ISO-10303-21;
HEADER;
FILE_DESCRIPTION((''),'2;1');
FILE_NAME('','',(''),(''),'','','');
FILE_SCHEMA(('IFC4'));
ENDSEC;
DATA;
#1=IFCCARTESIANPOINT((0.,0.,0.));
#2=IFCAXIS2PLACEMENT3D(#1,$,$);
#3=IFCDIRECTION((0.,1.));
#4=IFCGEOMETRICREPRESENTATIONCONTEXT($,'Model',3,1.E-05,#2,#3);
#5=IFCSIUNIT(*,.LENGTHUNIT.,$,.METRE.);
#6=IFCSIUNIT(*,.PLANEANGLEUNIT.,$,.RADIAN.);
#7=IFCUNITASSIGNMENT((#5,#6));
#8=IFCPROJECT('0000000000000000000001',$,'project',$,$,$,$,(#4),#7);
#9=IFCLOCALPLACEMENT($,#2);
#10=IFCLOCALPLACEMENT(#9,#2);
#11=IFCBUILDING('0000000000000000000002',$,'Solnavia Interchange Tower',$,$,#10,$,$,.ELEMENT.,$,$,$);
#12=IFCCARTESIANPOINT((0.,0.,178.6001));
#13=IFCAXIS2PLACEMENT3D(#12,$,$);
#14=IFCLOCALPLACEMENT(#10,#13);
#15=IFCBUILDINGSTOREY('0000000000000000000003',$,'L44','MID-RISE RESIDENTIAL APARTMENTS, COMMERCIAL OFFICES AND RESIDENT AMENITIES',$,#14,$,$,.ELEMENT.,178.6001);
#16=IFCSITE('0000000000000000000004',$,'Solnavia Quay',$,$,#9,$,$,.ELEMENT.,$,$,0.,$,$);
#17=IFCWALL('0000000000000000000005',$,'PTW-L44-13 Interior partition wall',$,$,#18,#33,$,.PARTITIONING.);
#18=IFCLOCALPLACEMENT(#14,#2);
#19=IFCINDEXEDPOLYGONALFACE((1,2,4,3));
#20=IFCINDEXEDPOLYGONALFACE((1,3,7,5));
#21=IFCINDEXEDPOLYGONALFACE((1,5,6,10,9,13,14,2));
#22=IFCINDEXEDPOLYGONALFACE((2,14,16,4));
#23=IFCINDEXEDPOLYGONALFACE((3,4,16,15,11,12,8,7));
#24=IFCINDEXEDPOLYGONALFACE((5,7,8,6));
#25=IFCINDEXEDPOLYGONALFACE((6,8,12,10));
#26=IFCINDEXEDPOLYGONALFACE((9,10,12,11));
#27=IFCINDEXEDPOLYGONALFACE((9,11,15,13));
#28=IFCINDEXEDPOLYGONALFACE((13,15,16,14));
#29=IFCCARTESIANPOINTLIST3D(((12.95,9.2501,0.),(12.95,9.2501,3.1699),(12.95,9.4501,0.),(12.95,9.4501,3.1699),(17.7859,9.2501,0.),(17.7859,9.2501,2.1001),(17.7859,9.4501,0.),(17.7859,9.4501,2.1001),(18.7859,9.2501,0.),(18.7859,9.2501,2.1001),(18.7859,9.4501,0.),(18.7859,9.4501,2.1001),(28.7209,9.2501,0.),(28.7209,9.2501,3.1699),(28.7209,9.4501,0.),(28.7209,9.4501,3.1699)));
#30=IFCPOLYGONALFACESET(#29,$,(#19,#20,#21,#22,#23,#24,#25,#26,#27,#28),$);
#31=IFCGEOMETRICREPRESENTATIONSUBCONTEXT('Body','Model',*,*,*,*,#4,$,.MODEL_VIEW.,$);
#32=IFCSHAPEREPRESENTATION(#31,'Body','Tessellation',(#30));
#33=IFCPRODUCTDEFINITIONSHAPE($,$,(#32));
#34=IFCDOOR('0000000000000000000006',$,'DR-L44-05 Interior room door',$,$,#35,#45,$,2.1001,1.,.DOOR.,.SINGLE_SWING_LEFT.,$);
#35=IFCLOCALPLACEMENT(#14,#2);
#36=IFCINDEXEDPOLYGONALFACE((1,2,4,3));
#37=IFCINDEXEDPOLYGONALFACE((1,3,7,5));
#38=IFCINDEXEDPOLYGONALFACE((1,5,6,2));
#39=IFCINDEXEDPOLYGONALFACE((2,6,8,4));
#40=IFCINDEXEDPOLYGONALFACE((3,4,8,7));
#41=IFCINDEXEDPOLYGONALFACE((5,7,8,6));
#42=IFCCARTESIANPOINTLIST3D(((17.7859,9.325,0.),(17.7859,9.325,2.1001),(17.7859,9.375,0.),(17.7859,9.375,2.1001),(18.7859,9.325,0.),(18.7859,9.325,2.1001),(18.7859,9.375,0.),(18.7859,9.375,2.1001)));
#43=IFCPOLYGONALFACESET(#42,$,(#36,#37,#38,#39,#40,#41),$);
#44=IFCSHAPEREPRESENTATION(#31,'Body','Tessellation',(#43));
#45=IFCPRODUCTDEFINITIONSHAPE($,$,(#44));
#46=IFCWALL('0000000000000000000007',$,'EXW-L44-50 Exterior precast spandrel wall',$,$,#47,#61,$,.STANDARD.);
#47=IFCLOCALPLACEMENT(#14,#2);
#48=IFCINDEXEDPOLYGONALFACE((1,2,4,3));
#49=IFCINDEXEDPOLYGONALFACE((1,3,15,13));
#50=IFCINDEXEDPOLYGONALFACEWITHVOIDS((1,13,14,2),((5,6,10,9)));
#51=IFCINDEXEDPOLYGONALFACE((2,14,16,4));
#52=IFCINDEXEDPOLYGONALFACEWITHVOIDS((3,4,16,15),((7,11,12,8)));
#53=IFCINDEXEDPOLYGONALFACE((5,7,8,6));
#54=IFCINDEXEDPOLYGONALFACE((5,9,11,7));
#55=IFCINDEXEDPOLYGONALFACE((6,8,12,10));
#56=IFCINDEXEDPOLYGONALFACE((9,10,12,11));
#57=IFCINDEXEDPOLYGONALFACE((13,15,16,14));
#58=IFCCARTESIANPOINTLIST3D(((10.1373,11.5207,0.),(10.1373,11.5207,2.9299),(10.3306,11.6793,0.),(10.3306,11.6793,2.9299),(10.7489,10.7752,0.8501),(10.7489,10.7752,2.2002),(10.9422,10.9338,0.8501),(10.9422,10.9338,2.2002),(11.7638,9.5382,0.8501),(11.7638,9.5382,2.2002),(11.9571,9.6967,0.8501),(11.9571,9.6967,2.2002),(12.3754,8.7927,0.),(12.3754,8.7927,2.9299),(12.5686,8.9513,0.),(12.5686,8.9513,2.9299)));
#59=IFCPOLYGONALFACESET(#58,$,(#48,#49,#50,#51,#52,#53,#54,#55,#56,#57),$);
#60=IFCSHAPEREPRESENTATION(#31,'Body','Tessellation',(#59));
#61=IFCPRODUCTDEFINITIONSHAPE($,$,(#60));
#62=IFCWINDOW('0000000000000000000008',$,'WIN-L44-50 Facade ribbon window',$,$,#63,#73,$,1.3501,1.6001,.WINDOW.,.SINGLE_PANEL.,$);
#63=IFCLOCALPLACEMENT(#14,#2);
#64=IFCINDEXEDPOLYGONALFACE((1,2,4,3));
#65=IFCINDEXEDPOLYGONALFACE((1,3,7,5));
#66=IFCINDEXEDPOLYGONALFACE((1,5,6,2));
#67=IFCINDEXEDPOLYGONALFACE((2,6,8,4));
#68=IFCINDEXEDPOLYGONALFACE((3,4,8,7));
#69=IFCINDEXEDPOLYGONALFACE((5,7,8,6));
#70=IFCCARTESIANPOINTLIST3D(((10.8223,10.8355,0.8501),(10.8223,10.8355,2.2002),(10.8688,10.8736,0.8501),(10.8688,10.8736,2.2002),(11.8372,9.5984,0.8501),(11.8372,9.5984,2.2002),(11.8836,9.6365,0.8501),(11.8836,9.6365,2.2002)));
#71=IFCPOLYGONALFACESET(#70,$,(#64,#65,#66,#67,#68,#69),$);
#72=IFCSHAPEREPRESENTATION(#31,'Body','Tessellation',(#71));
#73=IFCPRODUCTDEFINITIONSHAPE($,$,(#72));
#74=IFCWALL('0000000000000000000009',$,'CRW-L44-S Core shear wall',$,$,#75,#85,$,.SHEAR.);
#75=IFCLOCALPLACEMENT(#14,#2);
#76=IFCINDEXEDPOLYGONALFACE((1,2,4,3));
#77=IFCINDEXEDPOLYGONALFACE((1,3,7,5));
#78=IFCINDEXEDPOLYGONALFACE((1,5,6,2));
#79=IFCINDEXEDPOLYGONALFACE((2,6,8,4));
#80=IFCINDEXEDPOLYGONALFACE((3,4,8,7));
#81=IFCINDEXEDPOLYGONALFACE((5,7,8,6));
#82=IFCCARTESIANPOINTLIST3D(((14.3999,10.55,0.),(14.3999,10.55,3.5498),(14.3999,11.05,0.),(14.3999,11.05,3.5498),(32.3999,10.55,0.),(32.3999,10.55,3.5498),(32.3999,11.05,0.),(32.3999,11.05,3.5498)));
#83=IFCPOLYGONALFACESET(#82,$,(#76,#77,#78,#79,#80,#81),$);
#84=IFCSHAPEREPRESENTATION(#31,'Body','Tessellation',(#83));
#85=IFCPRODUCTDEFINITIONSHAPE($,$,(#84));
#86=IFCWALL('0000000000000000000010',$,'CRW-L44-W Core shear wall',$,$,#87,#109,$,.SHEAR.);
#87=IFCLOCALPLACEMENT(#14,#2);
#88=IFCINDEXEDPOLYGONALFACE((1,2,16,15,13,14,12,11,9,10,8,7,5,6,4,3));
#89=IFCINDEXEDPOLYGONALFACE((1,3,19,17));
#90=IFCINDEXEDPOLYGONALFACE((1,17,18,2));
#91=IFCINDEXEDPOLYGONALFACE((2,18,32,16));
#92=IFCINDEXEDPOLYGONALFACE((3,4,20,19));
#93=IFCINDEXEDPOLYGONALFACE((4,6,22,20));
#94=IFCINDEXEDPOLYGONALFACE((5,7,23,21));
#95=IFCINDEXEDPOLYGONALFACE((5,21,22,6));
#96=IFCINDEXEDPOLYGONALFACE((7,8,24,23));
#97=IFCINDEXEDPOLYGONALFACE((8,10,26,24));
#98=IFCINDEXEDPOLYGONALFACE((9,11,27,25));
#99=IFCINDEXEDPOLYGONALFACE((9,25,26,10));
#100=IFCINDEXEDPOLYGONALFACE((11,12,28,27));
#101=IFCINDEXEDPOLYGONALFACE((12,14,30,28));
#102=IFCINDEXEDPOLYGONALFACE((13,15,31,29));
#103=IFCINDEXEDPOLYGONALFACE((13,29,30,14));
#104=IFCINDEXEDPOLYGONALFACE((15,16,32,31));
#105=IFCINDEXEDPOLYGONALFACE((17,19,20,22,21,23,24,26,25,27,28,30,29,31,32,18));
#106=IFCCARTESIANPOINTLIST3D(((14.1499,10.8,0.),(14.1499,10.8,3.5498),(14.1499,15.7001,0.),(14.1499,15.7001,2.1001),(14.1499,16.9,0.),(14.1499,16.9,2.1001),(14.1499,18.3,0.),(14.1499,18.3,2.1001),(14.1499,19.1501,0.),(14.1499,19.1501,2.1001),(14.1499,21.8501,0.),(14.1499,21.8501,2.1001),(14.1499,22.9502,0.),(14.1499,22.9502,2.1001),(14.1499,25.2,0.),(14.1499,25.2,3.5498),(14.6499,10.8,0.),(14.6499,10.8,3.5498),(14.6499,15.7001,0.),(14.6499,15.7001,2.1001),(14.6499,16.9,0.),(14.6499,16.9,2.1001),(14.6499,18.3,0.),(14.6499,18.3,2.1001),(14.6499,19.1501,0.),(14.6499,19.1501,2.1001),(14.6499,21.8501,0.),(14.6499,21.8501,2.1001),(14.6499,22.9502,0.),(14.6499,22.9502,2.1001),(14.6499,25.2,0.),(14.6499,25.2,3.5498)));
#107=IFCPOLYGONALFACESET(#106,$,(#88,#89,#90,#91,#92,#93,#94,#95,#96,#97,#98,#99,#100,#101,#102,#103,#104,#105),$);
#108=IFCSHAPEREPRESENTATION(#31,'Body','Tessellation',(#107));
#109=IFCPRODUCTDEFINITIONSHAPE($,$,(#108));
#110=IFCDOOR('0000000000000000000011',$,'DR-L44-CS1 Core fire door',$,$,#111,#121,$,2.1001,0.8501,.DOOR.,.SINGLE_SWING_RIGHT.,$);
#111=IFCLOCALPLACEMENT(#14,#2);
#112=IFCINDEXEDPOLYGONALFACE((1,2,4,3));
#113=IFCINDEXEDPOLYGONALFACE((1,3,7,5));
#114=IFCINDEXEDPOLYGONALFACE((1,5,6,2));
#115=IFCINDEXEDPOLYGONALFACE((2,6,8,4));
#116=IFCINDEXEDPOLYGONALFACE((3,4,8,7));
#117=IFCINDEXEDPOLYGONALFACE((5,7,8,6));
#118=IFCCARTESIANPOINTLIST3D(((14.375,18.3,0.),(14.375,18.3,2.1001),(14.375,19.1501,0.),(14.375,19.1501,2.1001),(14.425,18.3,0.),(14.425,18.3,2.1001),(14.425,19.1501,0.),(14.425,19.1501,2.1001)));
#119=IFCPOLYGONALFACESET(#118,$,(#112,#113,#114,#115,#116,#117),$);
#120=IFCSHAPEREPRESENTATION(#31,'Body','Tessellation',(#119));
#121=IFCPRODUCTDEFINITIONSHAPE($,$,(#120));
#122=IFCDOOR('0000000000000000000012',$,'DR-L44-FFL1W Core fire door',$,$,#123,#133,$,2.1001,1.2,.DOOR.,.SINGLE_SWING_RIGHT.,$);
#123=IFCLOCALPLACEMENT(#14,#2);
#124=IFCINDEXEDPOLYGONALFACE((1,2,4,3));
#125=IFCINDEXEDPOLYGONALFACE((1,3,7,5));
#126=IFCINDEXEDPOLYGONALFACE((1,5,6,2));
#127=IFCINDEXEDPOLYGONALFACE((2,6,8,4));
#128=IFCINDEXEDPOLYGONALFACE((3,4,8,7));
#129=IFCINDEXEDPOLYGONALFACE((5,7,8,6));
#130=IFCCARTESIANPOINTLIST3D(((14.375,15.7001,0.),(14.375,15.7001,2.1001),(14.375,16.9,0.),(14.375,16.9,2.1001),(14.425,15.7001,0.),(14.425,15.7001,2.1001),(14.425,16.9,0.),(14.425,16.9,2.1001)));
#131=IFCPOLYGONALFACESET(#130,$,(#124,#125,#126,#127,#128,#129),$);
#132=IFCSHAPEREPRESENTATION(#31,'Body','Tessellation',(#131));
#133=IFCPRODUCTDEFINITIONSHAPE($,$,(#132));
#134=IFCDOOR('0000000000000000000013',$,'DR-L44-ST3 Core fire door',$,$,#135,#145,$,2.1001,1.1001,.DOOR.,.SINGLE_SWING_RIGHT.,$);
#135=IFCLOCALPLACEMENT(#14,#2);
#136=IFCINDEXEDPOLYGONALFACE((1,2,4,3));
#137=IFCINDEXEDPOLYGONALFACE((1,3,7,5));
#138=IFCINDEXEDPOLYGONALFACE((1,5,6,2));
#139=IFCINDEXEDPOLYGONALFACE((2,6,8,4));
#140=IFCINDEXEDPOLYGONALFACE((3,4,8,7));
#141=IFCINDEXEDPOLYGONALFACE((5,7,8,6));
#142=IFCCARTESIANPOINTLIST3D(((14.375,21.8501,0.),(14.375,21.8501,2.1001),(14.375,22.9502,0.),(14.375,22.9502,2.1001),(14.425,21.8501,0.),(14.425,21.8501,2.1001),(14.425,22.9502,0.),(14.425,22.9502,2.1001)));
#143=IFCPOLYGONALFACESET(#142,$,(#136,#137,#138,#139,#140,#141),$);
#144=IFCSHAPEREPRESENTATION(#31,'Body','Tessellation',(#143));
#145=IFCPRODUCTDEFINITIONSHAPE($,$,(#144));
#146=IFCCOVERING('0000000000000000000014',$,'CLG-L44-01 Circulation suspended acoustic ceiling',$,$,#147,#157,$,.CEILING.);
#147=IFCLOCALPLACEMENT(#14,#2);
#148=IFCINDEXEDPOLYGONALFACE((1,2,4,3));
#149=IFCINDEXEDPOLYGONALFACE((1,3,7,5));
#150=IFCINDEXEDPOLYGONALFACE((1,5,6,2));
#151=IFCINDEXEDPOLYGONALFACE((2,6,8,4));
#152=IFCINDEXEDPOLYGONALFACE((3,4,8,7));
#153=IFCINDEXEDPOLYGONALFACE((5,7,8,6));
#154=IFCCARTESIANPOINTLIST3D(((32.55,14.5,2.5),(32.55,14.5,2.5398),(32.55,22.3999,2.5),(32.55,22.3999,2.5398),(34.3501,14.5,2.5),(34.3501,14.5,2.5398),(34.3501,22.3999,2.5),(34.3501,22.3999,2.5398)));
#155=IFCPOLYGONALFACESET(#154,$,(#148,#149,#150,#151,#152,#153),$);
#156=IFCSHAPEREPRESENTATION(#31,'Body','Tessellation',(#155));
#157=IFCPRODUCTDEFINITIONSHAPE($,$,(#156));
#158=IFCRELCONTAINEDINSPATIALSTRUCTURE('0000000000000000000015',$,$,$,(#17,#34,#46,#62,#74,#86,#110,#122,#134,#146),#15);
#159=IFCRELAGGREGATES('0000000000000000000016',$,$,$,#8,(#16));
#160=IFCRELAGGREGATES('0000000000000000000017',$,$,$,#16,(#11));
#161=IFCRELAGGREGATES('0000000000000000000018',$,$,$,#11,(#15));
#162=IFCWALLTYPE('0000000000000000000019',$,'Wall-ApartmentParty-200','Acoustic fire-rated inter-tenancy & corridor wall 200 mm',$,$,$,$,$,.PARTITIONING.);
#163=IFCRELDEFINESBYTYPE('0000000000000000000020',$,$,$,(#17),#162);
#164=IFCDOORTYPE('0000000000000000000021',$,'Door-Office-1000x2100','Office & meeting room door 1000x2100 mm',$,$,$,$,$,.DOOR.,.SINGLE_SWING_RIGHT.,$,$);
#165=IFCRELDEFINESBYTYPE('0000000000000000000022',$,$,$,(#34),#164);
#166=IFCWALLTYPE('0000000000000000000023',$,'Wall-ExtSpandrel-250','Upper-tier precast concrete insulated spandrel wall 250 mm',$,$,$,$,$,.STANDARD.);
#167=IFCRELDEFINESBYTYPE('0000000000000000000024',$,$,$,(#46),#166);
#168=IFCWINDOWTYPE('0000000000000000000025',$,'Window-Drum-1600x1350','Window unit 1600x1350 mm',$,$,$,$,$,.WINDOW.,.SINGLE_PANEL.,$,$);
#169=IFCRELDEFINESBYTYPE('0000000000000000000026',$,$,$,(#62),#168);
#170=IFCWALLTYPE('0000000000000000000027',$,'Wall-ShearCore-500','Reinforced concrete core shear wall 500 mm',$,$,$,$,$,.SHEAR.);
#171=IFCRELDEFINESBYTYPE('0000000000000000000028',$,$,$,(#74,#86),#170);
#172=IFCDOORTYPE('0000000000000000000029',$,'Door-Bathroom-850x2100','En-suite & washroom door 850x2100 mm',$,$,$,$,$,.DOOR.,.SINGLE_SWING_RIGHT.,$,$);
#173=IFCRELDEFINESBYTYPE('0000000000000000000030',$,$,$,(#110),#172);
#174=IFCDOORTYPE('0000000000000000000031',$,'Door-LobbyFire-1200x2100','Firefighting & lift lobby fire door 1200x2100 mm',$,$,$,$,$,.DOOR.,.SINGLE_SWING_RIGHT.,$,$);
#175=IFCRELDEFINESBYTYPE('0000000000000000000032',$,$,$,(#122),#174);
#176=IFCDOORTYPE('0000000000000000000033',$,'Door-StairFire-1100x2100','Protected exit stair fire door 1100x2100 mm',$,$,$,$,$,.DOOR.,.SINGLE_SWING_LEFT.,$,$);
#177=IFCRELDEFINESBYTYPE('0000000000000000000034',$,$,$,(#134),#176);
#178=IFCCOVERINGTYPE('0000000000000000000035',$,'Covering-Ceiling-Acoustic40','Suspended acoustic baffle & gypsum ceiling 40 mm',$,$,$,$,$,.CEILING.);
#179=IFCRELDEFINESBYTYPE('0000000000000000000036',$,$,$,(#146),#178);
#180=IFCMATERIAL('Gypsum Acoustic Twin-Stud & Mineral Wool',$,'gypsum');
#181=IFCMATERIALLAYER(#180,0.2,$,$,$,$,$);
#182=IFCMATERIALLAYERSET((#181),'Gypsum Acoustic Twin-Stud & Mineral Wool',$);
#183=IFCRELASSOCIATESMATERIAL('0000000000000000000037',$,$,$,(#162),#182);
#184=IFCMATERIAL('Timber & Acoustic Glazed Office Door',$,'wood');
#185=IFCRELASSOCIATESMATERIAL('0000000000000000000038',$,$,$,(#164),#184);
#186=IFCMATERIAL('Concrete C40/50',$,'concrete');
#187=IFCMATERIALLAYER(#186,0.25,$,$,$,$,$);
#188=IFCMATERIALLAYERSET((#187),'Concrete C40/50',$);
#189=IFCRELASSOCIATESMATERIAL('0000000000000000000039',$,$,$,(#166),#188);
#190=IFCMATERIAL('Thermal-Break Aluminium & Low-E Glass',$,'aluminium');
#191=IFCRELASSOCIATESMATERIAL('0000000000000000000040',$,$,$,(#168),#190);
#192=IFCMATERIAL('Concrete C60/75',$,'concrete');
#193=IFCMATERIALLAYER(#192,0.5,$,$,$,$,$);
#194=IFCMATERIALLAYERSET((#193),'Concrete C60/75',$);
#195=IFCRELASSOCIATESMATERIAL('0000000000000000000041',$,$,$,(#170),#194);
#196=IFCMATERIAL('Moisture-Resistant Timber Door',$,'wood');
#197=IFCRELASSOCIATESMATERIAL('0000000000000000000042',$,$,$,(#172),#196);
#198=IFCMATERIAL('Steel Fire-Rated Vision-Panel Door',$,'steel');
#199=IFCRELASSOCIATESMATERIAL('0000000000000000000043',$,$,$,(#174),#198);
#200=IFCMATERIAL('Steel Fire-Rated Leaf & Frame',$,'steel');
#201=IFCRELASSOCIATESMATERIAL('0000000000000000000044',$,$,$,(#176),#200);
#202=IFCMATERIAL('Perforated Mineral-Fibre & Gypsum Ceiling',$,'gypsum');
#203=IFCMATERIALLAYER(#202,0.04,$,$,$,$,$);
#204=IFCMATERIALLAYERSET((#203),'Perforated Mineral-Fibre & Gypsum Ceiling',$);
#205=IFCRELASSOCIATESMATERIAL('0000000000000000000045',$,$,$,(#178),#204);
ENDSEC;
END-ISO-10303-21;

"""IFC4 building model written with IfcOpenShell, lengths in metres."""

from ifc_helpers import new_model, si_unit, direction, frame, frame_2d, origin, place, context, subcontext, project, spatial, polyline, rectangle, outline, extrude, material, layer, layer_set, type_object, element, fill, save


model = new_model("IFC4")

# Units and contexts
model_context = context("Model", 3, precision=1e-05, world=origin(), true_north=direction((0.0, 1.0)))
body_context = subcontext(model_context, "Body", "Model", "MODEL_VIEW")
ifc_project = project(units=[si_unit("LENGTHUNIT", "METRE"), si_unit("PLANEANGLEUNIT", "RADIAN")], contexts=[model_context])

# Site, building, storey
site_placement = place(None, origin())
site = spatial("IfcSite", under=ifc_project, at=site_placement, Name="Solnavia Quay", CompositionType="ELEMENT", RefElevation=0.0)
building_placement = place(site_placement, origin())
building = spatial("IfcBuilding", under=site, at=building_placement, Name="Solnavia Interchange Tower", CompositionType="ELEMENT")
storey_placement = place(building_placement, frame((0.0, 0.0, 178.6001)))
storey = spatial("IfcBuildingStorey", under=building, at=storey_placement, Name="L44", Description="MID-RISE RESIDENTIAL APARTMENTS, COMMERCIAL OFFICES AND RESIDENT AMENITIES", CompositionType="ELEMENT", Elevation=178.6001)

# Shared definitions
ifc_material_1 = material(Name="Concrete C40/50", Category="concrete")

# Shared definitions
ifc_material_2 = material(Name="Gypsum Acoustic Twin-Stud & Mineral Wool", Category="gypsum")
ifc_layer_1 = layer(ifc_material_2, 0.2)
ifc_layer_set_1 = layer_set([ifc_layer_1], Name="Gypsum Acoustic Twin-Stud & Mineral Wool")
wall_type_1 = type_object("IfcWallType", Name="Wall-ApartmentParty-200", Description="Acoustic fire-rated inter-tenancy & corridor wall 200 mm", PredefinedType="PARTITIONING", material=ifc_layer_set_1)

# Wall, opening, door
ifc_material_3 = material(Name="Timber & Acoustic Glazed Office Door", Category="wood")
door_type_1 = type_object("IfcDoorType", Name="Door-Office-1000x2100", Description="Office & meeting room door 1000x2100 mm", OperationType="SINGLE_SWING_RIGHT", PredefinedType="DOOR", material=ifc_material_3)
wall_1_placement = place(storey_placement, frame((12.95, 9.3501, 0.0), z_axis=(0.0, 0.0, 1.0), x_axis=(1.0, 0.0, 0.0)))
wall_1 = element("IfcWall", 1, at=wall_1_placement, inside=storey, type_object=wall_type_1, Name="PTW-L44-13 Interior partition wall", PredefinedType="PARTITIONING", context=body_context, shape_type="SweptSolid", body=[
    extrude(rectangle(XDim=15.771, YDim=0.2, at=frame_2d((7.8855, 0.0))), origin(), (0.0, 0.0, 1.0), 3.1699),
])
opening_1_placement = place(wall_1_placement, frame((4.8359, 0.0, 0.0)))
opening_1 = element("IfcOpeningElement", 2, at=opening_1_placement, cuts=wall_1, PredefinedType="OPENING", context=body_context, shape_type="SweptSolid", body=[
    extrude(rectangle(XDim=1.0, YDim=2.1001, at=frame_2d((0.5, 1.05))), frame((0.0, 0.1099, 0.0), z_axis=(0.0, -1.0, 0.0), x_axis=(1.0, 0.0, 0.0)), (0.0, 0.0, 1.0), 0.22),
])
door_1_placement = place(opening_1_placement, origin())
door_1 = element("IfcDoor", 3, at=door_1_placement, inside=storey, type_object=door_type_1, Name="DR-L44-05 Interior room door", OperationType="SINGLE_SWING_LEFT", OverallHeight=2.1001, OverallWidth=1.0, PredefinedType="DOOR", context=body_context, shape_type="SweptSolid", body=[
    extrude(rectangle(XDim=1.0, YDim=2.1001, at=frame_2d((0.5, 1.05))), frame((0.0, 0.0249, 0.0), z_axis=(0.0, -1.0, 0.0), x_axis=(1.0, 0.0, 0.0)), (0.0, 0.0, 1.0), 0.05),
])
fill(opening_1, door_1)

# Wall, opening, window
ifc_layer_2 = layer(ifc_material_1, 0.25)
ifc_layer_set_2 = layer_set([ifc_layer_2], Name="Concrete C40/50")
wall_type_2 = type_object("IfcWallType", Name="Wall-ExtSpandrel-250", Description="Upper-tier precast concrete insulated spandrel wall 250 mm", PredefinedType="STANDARD", material=ifc_layer_set_2)
wall_2_placement = place(storey_placement, frame((12.4719, 8.8721, 0.0), z_axis=(0.0, 0.0, 1.0), x_axis=(-0.634258, 0.773121, 0.0)))
wall_2 = element("IfcWall", 4, at=wall_2_placement, inside=storey, type_object=wall_type_2, Name="EXW-L44-50 Exterior precast spandrel wall", PredefinedType="STANDARD", context=body_context, shape_type="SweptSolid", body=[
    extrude(rectangle(XDim=3.5286, YDim=0.25, at=frame_2d((1.7642, 0.0))), origin(), (0.0, 0.0, 1.0), 2.9299),
])
opening_2_placement = place(wall_2_placement, frame((0.9641, 0.0, 0.8501)))
opening_2 = element("IfcOpeningElement", 5, at=opening_2_placement, cuts=wall_2, PredefinedType="OPENING", context=body_context, shape_type="SweptSolid", body=[
    extrude(rectangle(XDim=1.6001, YDim=1.3501, at=frame_2d((0.8, 0.675))), frame((0.0, 0.135, 0.0), z_axis=(0.0, -1.0, 0.0), x_axis=(1.0, 0.0, 0.0)), (0.0, 0.0, 1.0), 0.27),
])
ifc_material_4 = material(Name="Thermal-Break Aluminium & Low-E Glass", Category="aluminium")
window_type = type_object("IfcWindowType", Name="Window-Drum-1600x1350", Description="Window unit 1600x1350 mm", PartitioningType="SINGLE_PANEL", PredefinedType="WINDOW", material=ifc_material_4)
window_placement = place(opening_2_placement, origin())
window = element("IfcWindow", 6, at=window_placement, inside=storey, type_object=window_type, Name="WIN-L44-50 Facade ribbon window", OverallHeight=1.3501, OverallWidth=1.6001, PartitioningType="SINGLE_PANEL", PredefinedType="WINDOW", context=body_context, shape_type="SweptSolid", body=[
    extrude(rectangle(XDim=1.6001, YDim=1.3501, at=frame_2d((0.8, 0.675))), frame((0.0, 0.03, 0.0), z_axis=(0.0, -1.0, 0.0), x_axis=(1.0, 0.0, 0.0)), (0.0, 0.0, 1.0), 0.0601),
])
fill(opening_2, window)

# Wall
ifc_material_5 = material(Name="Concrete C60/75", Category="concrete")
ifc_layer_3 = layer(ifc_material_5, 0.5)
ifc_layer_set_3 = layer_set([ifc_layer_3], Name="Concrete C60/75")
wall_type_3 = type_object("IfcWallType", Name="Wall-ShearCore-500", Description="Reinforced concrete core shear wall 500 mm", PredefinedType="SHEAR", material=ifc_layer_set_3)
wall_3_placement = place(storey_placement, frame((14.3999, 10.8, 0.0), z_axis=(0.0, 0.0, 1.0), x_axis=(1.0, 0.0, 0.0)))
element("IfcWall", 7, at=wall_3_placement, inside=storey, type_object=wall_type_3, Name="CRW-L44-S Core shear wall", PredefinedType="SHEAR", context=body_context, shape_type="SweptSolid", body=[
    extrude(rectangle(XDim=18.0, YDim=0.5, at=frame_2d((9.0, 0.0))), origin(), (0.0, 0.0, 1.0), 3.5498),
])

# Wall, openings, doors
wall_4_placement = place(storey_placement, frame((14.3999, 10.8, 0.0), z_axis=(0.0, 0.0, 1.0), x_axis=(0.0, 1.0, 0.0)))
wall_4 = element("IfcWall", 8, at=wall_4_placement, inside=storey, type_object=wall_type_3, Name="CRW-L44-W Core shear wall", PredefinedType="SHEAR", context=body_context, shape_type="SweptSolid", body=[
    extrude(rectangle(XDim=14.3999, YDim=0.5, at=frame_2d((7.2, 0.0))), origin(), (0.0, 0.0, 1.0), 3.5498),
])
opening_3_placement = place(wall_4_placement, frame((11.05, 0.0, 0.0)))
opening_3 = element("IfcOpeningElement", 9, at=opening_3_placement, cuts=wall_4, PredefinedType="OPENING", context=body_context, shape_type="SweptSolid", body=[
    extrude(rectangle(XDim=1.1001, YDim=2.1001, at=frame_2d((0.55, 1.05))), frame((0.0, 0.26, 0.0), z_axis=(0.0, -1.0, 0.0), x_axis=(1.0, 0.0, 0.0)), (0.0, 0.0, 1.0), 0.52),
])
opening_4_placement = place(wall_4_placement, frame((4.8999, 0.0, 0.0)))
opening_4 = element("IfcOpeningElement", 10, at=opening_4_placement, cuts=wall_4, PredefinedType="OPENING", context=body_context, shape_type="SweptSolid", body=[
    extrude(rectangle(XDim=1.2, YDim=2.1001, at=frame_2d((0.6001, 1.05))), frame((0.0, 0.26, 0.0), z_axis=(0.0, -1.0, 0.0), x_axis=(1.0, 0.0, 0.0)), (0.0, 0.0, 1.0), 0.52),
])
opening_5_placement = place(wall_4_placement, frame((7.5, 0.0, 0.0)))
opening_5 = element("IfcOpeningElement", 11, at=opening_5_placement, cuts=wall_4, PredefinedType="OPENING", context=body_context, shape_type="SweptSolid", body=[
    extrude(rectangle(XDim=0.8501, YDim=2.1001, at=frame_2d((0.425, 1.05))), frame((0.0, 0.26, 0.0), z_axis=(0.0, -1.0, 0.0), x_axis=(1.0, 0.0, 0.0)), (0.0, 0.0, 1.0), 0.52),
])
ifc_material_6 = material(Name="Moisture-Resistant Timber Door", Category="wood")
door_type_2 = type_object("IfcDoorType", Name="Door-Bathroom-850x2100", Description="En-suite & washroom door 850x2100 mm", OperationType="SINGLE_SWING_RIGHT", PredefinedType="DOOR", material=ifc_material_6)
door_2_placement = place(opening_5_placement, origin())
door_2 = element("IfcDoor", 12, at=door_2_placement, inside=storey, type_object=door_type_2, Name="DR-L44-CS1 Core fire door", OperationType="SINGLE_SWING_RIGHT", OverallHeight=2.1001, OverallWidth=0.8501, PredefinedType="DOOR", context=body_context, shape_type="SweptSolid", body=[
    extrude(rectangle(XDim=0.8501, YDim=2.1001, at=frame_2d((0.425, 1.05))), frame((0.0, 0.0249, 0.0), z_axis=(0.0, -1.0, 0.0), x_axis=(1.0, 0.0, 0.0)), (0.0, 0.0, 1.0), 0.05),
])
fill(opening_5, door_2)
ifc_material_7 = material(Name="Steel Fire-Rated Vision-Panel Door", Category="steel")
door_type_3 = type_object("IfcDoorType", Name="Door-LobbyFire-1200x2100", Description="Firefighting & lift lobby fire door 1200x2100 mm", OperationType="SINGLE_SWING_RIGHT", PredefinedType="DOOR", material=ifc_material_7)
door_3_placement = place(opening_4_placement, origin())
door_3 = element("IfcDoor", 13, at=door_3_placement, inside=storey, type_object=door_type_3, Name="DR-L44-FFL1W Core fire door", OperationType="SINGLE_SWING_RIGHT", OverallHeight=2.1001, OverallWidth=1.2, PredefinedType="DOOR", context=body_context, shape_type="SweptSolid", body=[
    extrude(rectangle(XDim=1.2, YDim=2.1001, at=frame_2d((0.6001, 1.05))), frame((0.0, 0.0249, 0.0), z_axis=(0.0, -1.0, 0.0), x_axis=(1.0, 0.0, 0.0)), (0.0, 0.0, 1.0), 0.05),
])
fill(opening_4, door_3)
ifc_material_8 = material(Name="Steel Fire-Rated Leaf & Frame", Category="steel")
door_type_4 = type_object("IfcDoorType", Name="Door-StairFire-1100x2100", Description="Protected exit stair fire door 1100x2100 mm", OperationType="SINGLE_SWING_LEFT", PredefinedType="DOOR", material=ifc_material_8)
door_4_placement = place(opening_3_placement, origin())
door_4 = element("IfcDoor", 14, at=door_4_placement, inside=storey, type_object=door_type_4, Name="DR-L44-ST3 Core fire door", OperationType="SINGLE_SWING_RIGHT", OverallHeight=2.1001, OverallWidth=1.1001, PredefinedType="DOOR", context=body_context, shape_type="SweptSolid", body=[
    extrude(rectangle(XDim=1.1001, YDim=2.1001, at=frame_2d((0.55, 1.05))), frame((0.0, 0.0249, 0.0), z_axis=(0.0, -1.0, 0.0), x_axis=(1.0, 0.0, 0.0)), (0.0, 0.0, 1.0), 0.05),
])
fill(opening_3, door_4)

# Covering
ifc_material_9 = material(Name="Perforated Mineral-Fibre & Gypsum Ceiling", Category="gypsum")
ifc_layer_4 = layer(ifc_material_9, 0.04)
ifc_layer_set_4 = layer_set([ifc_layer_4], Name="Perforated Mineral-Fibre & Gypsum Ceiling")
covering_type_1 = type_object("IfcCoveringType", Name="Covering-Ceiling-Acoustic40", Description="Suspended acoustic baffle & gypsum ceiling 40 mm", PredefinedType="CEILING", material=ifc_layer_set_4)
covering_1_placement = place(storey_placement, frame((0.0, 0.0, 2.5)))
element("IfcCovering", 15, at=covering_1_placement, inside=storey, type_object=covering_type_1, Name="CLG-L44-01 Circulation suspended acoustic ceiling", PredefinedType="CEILING", context=body_context, shape_type="SweptSolid", body=[
    extrude(outline(polyline([(32.55, 14.5), (34.3501, 14.5), (34.3501, 22.3999), (32.55, 22.3999), (32.55, 14.5)])), origin(), (0.0, 0.0, 1.0), 0.0398),
])

save(model, "model.ifc")
